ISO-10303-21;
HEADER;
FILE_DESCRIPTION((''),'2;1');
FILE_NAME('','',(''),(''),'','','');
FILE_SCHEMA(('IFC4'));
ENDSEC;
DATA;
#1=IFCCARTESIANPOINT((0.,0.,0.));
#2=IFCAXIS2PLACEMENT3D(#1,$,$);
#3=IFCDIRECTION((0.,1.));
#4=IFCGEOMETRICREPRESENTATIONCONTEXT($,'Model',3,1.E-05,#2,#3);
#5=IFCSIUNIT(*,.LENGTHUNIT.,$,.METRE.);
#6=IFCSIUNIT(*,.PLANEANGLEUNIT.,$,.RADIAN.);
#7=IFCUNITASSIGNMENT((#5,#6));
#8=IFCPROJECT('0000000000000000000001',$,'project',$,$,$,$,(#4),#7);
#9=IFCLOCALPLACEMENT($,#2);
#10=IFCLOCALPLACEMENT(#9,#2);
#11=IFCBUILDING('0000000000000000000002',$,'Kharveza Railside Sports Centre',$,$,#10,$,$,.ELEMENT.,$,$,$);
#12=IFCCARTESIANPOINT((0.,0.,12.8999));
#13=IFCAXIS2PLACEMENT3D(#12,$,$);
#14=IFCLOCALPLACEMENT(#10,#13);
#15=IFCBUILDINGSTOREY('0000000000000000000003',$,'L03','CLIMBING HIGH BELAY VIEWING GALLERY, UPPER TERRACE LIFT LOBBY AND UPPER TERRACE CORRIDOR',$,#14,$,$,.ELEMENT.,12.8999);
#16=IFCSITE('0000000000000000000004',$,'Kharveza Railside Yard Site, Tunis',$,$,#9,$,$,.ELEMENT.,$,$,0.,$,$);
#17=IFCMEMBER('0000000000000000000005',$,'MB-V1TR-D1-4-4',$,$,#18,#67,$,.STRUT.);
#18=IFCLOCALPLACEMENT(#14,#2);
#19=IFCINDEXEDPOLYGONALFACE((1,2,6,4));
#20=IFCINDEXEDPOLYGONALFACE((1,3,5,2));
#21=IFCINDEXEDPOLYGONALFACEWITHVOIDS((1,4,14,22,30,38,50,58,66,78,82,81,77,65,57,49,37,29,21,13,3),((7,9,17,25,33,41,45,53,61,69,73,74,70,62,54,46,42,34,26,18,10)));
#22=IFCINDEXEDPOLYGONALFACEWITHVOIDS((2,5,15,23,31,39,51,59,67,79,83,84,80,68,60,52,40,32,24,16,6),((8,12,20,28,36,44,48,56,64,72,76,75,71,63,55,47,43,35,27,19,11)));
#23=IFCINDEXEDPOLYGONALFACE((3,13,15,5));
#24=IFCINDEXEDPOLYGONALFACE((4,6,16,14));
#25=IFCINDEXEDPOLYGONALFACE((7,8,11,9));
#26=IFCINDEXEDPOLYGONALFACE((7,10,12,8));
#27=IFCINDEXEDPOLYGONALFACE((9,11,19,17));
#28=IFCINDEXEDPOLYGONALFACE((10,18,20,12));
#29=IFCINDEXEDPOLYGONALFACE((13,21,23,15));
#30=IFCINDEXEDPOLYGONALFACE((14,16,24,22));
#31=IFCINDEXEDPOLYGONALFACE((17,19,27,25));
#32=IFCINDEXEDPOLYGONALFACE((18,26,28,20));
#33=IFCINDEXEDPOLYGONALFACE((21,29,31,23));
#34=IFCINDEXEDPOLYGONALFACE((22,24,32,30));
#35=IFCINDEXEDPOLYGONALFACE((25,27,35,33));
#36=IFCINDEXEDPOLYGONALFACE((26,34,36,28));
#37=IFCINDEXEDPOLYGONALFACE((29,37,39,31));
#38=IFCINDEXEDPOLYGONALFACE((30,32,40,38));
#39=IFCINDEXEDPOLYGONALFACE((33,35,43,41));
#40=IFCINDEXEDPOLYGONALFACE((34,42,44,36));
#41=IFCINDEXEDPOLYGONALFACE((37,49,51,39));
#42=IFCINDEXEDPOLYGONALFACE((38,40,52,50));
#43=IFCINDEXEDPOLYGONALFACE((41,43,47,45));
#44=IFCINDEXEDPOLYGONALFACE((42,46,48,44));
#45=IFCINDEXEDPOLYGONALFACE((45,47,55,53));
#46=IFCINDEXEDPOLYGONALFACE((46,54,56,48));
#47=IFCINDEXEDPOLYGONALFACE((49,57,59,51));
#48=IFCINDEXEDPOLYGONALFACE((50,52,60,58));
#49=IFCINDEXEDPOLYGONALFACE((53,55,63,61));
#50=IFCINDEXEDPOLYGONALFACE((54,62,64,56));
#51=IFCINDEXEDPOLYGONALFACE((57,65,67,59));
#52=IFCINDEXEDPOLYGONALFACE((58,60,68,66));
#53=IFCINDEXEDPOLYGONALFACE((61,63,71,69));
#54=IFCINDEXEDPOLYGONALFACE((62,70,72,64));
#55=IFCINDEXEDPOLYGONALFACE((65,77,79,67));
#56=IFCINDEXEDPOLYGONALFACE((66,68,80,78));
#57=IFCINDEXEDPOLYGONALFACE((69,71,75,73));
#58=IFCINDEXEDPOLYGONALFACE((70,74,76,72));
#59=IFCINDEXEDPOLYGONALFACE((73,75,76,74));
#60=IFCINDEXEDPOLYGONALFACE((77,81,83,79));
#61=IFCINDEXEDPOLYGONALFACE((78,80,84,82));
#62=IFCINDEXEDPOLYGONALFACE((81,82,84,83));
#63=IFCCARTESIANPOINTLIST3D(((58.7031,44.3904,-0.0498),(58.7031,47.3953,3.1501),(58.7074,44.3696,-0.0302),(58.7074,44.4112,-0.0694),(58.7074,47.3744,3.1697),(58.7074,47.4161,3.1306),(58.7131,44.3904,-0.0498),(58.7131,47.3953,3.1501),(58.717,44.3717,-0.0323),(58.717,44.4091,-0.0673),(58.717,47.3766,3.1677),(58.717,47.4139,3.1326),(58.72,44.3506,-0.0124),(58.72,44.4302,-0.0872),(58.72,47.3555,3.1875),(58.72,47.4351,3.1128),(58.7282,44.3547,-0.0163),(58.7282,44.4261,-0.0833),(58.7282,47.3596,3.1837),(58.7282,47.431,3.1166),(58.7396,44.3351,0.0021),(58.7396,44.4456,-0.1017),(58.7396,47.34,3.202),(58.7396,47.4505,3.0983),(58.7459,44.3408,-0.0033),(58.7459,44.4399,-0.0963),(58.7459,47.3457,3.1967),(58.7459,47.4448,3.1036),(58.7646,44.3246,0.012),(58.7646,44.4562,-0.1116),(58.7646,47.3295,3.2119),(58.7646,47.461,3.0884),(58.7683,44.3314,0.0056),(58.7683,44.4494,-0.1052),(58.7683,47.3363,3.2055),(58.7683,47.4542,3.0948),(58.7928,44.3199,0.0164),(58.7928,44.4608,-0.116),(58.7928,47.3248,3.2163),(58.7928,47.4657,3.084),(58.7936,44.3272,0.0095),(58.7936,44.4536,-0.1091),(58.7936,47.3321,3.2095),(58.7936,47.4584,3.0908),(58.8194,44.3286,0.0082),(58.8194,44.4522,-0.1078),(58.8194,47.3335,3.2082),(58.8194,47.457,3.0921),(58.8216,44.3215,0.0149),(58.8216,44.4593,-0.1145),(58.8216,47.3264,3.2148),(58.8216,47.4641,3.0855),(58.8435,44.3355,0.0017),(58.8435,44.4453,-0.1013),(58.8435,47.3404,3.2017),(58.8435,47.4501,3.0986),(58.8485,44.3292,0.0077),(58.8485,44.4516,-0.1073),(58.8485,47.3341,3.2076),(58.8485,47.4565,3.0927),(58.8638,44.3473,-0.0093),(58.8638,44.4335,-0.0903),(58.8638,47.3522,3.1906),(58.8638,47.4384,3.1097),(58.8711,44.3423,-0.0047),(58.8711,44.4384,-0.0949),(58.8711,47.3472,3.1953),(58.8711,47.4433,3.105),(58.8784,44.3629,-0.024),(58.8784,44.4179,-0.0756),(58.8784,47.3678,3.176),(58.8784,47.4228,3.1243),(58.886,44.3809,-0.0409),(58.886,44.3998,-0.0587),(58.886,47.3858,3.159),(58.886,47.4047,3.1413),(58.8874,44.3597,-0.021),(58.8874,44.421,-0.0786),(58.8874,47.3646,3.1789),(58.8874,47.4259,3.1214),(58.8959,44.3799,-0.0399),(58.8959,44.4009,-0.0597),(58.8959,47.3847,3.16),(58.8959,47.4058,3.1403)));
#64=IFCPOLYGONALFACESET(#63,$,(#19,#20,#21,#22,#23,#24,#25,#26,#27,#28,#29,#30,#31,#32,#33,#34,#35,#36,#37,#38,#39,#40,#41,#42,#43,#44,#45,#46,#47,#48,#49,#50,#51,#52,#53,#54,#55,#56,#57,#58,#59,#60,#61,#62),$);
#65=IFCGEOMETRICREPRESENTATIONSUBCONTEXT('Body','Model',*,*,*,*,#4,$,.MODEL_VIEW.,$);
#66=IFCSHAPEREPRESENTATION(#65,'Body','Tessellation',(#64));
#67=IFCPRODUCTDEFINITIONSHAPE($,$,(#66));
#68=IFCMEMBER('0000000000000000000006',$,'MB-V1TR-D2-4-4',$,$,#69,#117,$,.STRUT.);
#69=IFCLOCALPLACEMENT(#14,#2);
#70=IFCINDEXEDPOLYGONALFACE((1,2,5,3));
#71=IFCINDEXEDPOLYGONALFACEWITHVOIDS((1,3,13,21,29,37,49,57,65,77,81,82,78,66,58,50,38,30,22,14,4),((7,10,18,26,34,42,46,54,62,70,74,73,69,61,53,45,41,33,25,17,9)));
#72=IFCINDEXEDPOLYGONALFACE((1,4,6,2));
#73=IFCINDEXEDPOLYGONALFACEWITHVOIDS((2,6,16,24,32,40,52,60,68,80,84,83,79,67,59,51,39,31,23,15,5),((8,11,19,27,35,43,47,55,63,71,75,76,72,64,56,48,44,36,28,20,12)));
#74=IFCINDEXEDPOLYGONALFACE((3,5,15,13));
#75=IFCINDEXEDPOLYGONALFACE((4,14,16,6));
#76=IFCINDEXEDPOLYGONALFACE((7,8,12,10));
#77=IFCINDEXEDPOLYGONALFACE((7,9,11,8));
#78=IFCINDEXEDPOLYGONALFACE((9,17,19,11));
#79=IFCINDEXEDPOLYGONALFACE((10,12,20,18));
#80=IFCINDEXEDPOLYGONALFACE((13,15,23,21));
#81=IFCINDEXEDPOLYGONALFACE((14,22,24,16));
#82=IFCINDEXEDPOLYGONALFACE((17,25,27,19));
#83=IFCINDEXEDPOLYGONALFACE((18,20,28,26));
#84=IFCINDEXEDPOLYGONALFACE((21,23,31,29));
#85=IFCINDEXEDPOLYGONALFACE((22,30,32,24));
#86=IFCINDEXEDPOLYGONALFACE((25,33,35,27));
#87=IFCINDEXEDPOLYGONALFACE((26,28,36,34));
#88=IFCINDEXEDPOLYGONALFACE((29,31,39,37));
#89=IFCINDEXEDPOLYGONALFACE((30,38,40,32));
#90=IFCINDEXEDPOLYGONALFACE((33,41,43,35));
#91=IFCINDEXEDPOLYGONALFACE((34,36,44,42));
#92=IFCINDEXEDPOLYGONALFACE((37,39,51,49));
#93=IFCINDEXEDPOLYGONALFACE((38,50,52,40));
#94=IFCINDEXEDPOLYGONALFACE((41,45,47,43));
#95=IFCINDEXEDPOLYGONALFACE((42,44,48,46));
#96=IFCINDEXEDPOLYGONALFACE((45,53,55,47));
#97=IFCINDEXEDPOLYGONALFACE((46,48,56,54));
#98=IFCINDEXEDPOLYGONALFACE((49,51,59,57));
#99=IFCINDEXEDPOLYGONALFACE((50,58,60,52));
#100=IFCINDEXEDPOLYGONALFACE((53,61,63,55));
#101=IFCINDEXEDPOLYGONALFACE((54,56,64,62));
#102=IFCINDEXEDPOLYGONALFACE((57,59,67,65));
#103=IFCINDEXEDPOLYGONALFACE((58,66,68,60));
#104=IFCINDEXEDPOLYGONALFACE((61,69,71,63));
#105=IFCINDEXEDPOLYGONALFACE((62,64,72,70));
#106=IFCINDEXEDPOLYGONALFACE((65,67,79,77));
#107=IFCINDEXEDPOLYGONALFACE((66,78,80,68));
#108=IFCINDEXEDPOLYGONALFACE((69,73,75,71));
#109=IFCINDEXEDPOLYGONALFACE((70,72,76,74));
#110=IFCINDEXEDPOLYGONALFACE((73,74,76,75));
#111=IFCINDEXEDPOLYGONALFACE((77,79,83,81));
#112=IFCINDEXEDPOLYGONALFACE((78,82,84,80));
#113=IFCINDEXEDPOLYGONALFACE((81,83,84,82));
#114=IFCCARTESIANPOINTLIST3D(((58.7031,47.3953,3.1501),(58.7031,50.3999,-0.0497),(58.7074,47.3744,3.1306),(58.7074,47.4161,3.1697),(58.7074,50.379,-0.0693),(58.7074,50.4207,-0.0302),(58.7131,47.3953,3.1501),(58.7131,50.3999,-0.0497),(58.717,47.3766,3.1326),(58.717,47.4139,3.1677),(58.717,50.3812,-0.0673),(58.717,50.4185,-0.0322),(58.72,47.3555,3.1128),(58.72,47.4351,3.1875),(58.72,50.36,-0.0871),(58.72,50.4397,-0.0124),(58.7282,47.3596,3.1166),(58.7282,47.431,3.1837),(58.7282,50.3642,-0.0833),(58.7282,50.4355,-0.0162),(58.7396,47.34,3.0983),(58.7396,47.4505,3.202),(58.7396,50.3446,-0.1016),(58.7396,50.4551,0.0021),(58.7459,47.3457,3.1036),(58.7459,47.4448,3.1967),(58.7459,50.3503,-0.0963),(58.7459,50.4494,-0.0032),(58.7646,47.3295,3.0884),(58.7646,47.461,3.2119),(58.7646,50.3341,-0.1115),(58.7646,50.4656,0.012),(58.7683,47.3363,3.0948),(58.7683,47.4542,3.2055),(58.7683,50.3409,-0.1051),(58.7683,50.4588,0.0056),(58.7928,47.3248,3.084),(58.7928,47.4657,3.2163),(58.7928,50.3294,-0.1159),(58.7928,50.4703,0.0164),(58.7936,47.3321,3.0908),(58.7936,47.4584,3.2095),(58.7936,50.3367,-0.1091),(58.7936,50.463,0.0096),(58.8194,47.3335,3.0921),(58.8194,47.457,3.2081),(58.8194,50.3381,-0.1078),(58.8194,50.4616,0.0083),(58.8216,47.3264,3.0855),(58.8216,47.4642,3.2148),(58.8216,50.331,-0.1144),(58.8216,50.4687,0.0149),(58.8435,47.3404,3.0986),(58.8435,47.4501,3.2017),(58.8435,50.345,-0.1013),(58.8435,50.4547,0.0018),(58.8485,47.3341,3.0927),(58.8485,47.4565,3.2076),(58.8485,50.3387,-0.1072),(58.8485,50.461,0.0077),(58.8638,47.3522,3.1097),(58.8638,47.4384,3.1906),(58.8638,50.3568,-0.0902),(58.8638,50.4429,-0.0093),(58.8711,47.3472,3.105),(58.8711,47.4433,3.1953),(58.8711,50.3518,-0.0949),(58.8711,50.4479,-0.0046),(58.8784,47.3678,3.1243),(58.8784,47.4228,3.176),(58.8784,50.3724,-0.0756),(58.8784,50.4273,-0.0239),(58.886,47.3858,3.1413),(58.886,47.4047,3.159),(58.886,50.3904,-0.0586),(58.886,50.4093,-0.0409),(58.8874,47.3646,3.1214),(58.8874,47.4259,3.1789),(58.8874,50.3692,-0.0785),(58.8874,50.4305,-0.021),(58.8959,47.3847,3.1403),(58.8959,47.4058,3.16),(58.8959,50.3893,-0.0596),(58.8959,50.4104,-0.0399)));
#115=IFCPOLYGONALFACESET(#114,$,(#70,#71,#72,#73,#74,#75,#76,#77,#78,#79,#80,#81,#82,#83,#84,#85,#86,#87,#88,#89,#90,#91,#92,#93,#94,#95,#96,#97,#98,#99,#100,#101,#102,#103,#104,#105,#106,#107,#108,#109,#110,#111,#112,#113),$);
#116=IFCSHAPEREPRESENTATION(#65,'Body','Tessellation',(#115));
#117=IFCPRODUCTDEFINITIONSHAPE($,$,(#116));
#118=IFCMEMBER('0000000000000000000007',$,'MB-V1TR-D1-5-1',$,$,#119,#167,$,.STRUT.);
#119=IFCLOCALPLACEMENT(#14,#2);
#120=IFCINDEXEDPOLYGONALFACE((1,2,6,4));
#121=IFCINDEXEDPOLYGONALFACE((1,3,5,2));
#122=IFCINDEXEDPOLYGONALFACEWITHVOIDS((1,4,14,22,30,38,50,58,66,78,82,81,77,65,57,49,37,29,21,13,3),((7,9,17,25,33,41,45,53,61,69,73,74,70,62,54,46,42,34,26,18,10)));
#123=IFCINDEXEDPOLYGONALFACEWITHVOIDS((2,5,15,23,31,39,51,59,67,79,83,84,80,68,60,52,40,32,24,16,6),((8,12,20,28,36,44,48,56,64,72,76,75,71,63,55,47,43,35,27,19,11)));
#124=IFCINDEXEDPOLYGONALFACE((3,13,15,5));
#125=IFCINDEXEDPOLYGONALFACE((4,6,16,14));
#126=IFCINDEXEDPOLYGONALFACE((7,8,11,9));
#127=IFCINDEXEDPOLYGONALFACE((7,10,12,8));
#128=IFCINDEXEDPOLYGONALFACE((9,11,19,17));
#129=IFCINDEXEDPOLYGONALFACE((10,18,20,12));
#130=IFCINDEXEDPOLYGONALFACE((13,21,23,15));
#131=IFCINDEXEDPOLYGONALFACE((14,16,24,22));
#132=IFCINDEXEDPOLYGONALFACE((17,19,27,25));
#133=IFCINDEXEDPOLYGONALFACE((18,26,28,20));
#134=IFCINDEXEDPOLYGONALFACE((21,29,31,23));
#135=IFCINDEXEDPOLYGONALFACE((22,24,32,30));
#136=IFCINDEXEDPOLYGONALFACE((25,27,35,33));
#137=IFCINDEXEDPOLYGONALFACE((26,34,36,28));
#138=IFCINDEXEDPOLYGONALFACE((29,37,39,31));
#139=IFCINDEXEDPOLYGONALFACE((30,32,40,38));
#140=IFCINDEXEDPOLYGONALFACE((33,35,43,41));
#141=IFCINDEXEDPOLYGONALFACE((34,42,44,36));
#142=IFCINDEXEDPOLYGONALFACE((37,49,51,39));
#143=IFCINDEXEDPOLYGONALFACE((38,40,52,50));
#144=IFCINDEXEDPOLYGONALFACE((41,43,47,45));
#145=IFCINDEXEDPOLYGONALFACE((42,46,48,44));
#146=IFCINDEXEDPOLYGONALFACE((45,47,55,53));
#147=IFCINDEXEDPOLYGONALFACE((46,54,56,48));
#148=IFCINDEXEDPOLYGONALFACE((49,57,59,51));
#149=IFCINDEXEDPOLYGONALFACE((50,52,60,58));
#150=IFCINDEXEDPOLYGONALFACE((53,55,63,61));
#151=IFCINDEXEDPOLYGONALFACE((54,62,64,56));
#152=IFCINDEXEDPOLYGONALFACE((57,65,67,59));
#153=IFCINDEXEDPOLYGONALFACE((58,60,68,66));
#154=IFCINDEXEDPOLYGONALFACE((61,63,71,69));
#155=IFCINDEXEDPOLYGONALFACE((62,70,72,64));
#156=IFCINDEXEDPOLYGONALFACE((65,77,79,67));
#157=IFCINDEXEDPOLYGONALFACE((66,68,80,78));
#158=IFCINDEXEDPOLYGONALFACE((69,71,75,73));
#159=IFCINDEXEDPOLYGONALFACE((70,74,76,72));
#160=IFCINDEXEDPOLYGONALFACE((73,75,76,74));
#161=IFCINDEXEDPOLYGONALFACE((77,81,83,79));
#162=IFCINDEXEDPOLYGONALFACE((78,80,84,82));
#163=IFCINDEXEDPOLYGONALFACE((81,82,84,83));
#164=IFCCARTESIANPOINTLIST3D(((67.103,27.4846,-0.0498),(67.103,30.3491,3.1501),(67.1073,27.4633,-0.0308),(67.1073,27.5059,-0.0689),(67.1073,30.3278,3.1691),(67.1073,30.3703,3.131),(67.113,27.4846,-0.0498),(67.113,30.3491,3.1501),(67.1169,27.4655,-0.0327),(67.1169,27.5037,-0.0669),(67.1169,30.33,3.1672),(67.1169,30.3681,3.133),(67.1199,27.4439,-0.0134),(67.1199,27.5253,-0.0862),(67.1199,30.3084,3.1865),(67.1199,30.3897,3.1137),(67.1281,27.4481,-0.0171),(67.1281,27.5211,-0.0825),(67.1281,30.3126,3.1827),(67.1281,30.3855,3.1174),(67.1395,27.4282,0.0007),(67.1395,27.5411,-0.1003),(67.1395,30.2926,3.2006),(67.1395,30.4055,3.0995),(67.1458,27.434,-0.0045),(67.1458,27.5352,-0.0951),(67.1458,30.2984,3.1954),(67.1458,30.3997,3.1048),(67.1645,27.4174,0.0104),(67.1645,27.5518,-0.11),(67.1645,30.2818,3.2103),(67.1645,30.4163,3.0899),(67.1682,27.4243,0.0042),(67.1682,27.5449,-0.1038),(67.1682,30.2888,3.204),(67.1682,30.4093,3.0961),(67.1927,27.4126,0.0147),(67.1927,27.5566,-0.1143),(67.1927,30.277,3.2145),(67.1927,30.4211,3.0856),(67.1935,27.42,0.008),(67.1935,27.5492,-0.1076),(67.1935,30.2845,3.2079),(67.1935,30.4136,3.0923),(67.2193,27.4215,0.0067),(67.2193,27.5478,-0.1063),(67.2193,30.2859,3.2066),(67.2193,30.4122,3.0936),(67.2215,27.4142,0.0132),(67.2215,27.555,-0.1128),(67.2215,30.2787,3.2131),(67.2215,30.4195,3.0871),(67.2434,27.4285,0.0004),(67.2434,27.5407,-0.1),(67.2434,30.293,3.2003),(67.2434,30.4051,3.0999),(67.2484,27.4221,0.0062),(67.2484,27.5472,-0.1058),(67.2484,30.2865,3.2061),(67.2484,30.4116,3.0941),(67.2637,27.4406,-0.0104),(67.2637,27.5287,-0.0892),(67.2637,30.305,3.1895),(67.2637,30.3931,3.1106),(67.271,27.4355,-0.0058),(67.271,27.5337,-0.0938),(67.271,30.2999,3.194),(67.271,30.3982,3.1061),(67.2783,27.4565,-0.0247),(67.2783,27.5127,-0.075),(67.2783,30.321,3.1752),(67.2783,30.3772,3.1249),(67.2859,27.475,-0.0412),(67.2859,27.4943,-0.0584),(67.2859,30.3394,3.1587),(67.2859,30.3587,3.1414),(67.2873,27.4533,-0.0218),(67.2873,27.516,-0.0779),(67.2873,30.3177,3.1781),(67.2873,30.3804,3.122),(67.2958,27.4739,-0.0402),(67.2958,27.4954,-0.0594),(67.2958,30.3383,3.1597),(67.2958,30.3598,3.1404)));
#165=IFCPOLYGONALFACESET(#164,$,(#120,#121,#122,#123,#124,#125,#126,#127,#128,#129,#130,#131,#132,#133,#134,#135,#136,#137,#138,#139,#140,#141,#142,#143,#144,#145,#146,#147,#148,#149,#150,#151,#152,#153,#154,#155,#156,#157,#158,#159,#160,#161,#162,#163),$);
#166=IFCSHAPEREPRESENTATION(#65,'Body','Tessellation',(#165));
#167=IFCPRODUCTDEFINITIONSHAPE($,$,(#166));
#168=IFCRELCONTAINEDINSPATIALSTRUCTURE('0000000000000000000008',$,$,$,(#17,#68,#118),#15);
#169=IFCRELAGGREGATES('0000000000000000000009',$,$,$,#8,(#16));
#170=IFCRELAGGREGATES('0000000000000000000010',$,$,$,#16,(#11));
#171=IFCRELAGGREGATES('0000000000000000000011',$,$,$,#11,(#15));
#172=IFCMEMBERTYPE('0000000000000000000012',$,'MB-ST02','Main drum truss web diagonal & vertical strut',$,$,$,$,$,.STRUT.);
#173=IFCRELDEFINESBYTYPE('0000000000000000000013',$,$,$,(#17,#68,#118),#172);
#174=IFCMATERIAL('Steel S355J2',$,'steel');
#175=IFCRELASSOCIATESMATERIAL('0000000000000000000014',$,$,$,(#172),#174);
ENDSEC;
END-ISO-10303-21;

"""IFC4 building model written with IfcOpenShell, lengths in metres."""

from ifc_helpers import new_model, si_unit, direction, frame, origin, origin_2d, place, context, subcontext, project, spatial, hollow_circle, extrude, material, material_profile, profile_set, type_object, element, save


model = new_model("IFC4")

# Units and contexts
model_context = context("Model", 3, precision=1e-05, world=origin(), true_north=direction((0.0, 1.0)))
body_context = subcontext(model_context, "Body", "Model", "MODEL_VIEW")
ifc_project = project(units=[si_unit("LENGTHUNIT", "METRE"), si_unit("PLANEANGLEUNIT", "RADIAN")], contexts=[model_context])

# Site, building, storey
site_placement = place(None, origin())
site = spatial("IfcSite", under=ifc_project, at=site_placement, Name="Kharveza Railside Yard Site, Tunis", CompositionType="ELEMENT", RefElevation=0.0)
building_placement = place(site_placement, origin())
building = spatial("IfcBuilding", under=site, at=building_placement, Name="Kharveza Railside Sports Centre", CompositionType="ELEMENT")
storey_placement = place(building_placement, frame((0.0, 0.0, 12.8999)))
storey = spatial("IfcBuildingStorey", under=building, at=storey_placement, Name="L03", Description="CLIMBING HIGH BELAY VIEWING GALLERY, UPPER TERRACE LIFT LOBBY AND UPPER TERRACE CORRIDOR", CompositionType="ELEMENT", Elevation=12.8999)

# Members
ifc_material = material(Name="Steel S355J2", Category="steel")
ifc_material_profile_1 = material_profile(ifc_material, hollow_circle(Radius=0.0969, WallThickness=0.01, at=origin_2d()), Name="CHS 193.7x10.0")
ifc_profile_set_1 = profile_set([ifc_material_profile_1], Name="Steel S355J2")
member_type_1 = type_object("IfcMemberType", Name="MB-ST02", Description="Main drum truss web diagonal & vertical strut", PredefinedType="STRUT", material=ifc_profile_set_1)
for number, where, z_axis, x_axis, name in (
    (1, (58.8, 44.3904, -0.0498), (0.0, 0.684538, 0.728977), (-1.0, 0.0, 0.0), "MB-V1TR-D1-4-4"),
):
    element("IfcMember", number, at=place(storey_placement, frame(where, z_axis=z_axis, x_axis=x_axis)), inside=storey, type_object=member_type_1, Name=name, PredefinedType="STRUT", context=body_context, shape_type="SweptSolid", body=[
        extrude(hollow_circle(Radius=0.0969, WallThickness=0.01, at=origin_2d()), origin(), (0.0, 0.0, 1.0), 4.3896),
    ])
member_1_placement = place(storey_placement, frame((58.8, 47.3953, 3.1501), z_axis=(0.0, 0.684509, -0.729004), x_axis=(-1.0, 0.0, 0.0)))
element("IfcMember", 2, at=member_1_placement, inside=storey, type_object=member_type_1, Name="MB-V1TR-D2-4-4", PredefinedType="STRUT", context=body_context, shape_type="SweptSolid", body=[
    extrude(hollow_circle(Radius=0.0969, WallThickness=0.01, at=origin_2d()), origin(), (0.0, 0.0, 1.0), 4.3894),
])
for number, where, z_axis, x_axis, name in (
    (3, (67.2, 27.4846, -0.0498), (0.0, 0.666974, 0.745081), (-1.0, 0.0, 0.0), "MB-V1TR-D1-5-1"),
):
    element("IfcMember", number, at=place(storey_placement, frame(where, z_axis=z_axis, x_axis=x_axis)), inside=storey, type_object=member_type_1, Name=name, PredefinedType="STRUT", context=body_context, shape_type="SweptSolid", body=[
        extrude(hollow_circle(Radius=0.0969, WallThickness=0.01, at=origin_2d()), origin(), (0.0, 0.0, 1.0), 4.2947),
    ])

save(model, "model.ifc")
